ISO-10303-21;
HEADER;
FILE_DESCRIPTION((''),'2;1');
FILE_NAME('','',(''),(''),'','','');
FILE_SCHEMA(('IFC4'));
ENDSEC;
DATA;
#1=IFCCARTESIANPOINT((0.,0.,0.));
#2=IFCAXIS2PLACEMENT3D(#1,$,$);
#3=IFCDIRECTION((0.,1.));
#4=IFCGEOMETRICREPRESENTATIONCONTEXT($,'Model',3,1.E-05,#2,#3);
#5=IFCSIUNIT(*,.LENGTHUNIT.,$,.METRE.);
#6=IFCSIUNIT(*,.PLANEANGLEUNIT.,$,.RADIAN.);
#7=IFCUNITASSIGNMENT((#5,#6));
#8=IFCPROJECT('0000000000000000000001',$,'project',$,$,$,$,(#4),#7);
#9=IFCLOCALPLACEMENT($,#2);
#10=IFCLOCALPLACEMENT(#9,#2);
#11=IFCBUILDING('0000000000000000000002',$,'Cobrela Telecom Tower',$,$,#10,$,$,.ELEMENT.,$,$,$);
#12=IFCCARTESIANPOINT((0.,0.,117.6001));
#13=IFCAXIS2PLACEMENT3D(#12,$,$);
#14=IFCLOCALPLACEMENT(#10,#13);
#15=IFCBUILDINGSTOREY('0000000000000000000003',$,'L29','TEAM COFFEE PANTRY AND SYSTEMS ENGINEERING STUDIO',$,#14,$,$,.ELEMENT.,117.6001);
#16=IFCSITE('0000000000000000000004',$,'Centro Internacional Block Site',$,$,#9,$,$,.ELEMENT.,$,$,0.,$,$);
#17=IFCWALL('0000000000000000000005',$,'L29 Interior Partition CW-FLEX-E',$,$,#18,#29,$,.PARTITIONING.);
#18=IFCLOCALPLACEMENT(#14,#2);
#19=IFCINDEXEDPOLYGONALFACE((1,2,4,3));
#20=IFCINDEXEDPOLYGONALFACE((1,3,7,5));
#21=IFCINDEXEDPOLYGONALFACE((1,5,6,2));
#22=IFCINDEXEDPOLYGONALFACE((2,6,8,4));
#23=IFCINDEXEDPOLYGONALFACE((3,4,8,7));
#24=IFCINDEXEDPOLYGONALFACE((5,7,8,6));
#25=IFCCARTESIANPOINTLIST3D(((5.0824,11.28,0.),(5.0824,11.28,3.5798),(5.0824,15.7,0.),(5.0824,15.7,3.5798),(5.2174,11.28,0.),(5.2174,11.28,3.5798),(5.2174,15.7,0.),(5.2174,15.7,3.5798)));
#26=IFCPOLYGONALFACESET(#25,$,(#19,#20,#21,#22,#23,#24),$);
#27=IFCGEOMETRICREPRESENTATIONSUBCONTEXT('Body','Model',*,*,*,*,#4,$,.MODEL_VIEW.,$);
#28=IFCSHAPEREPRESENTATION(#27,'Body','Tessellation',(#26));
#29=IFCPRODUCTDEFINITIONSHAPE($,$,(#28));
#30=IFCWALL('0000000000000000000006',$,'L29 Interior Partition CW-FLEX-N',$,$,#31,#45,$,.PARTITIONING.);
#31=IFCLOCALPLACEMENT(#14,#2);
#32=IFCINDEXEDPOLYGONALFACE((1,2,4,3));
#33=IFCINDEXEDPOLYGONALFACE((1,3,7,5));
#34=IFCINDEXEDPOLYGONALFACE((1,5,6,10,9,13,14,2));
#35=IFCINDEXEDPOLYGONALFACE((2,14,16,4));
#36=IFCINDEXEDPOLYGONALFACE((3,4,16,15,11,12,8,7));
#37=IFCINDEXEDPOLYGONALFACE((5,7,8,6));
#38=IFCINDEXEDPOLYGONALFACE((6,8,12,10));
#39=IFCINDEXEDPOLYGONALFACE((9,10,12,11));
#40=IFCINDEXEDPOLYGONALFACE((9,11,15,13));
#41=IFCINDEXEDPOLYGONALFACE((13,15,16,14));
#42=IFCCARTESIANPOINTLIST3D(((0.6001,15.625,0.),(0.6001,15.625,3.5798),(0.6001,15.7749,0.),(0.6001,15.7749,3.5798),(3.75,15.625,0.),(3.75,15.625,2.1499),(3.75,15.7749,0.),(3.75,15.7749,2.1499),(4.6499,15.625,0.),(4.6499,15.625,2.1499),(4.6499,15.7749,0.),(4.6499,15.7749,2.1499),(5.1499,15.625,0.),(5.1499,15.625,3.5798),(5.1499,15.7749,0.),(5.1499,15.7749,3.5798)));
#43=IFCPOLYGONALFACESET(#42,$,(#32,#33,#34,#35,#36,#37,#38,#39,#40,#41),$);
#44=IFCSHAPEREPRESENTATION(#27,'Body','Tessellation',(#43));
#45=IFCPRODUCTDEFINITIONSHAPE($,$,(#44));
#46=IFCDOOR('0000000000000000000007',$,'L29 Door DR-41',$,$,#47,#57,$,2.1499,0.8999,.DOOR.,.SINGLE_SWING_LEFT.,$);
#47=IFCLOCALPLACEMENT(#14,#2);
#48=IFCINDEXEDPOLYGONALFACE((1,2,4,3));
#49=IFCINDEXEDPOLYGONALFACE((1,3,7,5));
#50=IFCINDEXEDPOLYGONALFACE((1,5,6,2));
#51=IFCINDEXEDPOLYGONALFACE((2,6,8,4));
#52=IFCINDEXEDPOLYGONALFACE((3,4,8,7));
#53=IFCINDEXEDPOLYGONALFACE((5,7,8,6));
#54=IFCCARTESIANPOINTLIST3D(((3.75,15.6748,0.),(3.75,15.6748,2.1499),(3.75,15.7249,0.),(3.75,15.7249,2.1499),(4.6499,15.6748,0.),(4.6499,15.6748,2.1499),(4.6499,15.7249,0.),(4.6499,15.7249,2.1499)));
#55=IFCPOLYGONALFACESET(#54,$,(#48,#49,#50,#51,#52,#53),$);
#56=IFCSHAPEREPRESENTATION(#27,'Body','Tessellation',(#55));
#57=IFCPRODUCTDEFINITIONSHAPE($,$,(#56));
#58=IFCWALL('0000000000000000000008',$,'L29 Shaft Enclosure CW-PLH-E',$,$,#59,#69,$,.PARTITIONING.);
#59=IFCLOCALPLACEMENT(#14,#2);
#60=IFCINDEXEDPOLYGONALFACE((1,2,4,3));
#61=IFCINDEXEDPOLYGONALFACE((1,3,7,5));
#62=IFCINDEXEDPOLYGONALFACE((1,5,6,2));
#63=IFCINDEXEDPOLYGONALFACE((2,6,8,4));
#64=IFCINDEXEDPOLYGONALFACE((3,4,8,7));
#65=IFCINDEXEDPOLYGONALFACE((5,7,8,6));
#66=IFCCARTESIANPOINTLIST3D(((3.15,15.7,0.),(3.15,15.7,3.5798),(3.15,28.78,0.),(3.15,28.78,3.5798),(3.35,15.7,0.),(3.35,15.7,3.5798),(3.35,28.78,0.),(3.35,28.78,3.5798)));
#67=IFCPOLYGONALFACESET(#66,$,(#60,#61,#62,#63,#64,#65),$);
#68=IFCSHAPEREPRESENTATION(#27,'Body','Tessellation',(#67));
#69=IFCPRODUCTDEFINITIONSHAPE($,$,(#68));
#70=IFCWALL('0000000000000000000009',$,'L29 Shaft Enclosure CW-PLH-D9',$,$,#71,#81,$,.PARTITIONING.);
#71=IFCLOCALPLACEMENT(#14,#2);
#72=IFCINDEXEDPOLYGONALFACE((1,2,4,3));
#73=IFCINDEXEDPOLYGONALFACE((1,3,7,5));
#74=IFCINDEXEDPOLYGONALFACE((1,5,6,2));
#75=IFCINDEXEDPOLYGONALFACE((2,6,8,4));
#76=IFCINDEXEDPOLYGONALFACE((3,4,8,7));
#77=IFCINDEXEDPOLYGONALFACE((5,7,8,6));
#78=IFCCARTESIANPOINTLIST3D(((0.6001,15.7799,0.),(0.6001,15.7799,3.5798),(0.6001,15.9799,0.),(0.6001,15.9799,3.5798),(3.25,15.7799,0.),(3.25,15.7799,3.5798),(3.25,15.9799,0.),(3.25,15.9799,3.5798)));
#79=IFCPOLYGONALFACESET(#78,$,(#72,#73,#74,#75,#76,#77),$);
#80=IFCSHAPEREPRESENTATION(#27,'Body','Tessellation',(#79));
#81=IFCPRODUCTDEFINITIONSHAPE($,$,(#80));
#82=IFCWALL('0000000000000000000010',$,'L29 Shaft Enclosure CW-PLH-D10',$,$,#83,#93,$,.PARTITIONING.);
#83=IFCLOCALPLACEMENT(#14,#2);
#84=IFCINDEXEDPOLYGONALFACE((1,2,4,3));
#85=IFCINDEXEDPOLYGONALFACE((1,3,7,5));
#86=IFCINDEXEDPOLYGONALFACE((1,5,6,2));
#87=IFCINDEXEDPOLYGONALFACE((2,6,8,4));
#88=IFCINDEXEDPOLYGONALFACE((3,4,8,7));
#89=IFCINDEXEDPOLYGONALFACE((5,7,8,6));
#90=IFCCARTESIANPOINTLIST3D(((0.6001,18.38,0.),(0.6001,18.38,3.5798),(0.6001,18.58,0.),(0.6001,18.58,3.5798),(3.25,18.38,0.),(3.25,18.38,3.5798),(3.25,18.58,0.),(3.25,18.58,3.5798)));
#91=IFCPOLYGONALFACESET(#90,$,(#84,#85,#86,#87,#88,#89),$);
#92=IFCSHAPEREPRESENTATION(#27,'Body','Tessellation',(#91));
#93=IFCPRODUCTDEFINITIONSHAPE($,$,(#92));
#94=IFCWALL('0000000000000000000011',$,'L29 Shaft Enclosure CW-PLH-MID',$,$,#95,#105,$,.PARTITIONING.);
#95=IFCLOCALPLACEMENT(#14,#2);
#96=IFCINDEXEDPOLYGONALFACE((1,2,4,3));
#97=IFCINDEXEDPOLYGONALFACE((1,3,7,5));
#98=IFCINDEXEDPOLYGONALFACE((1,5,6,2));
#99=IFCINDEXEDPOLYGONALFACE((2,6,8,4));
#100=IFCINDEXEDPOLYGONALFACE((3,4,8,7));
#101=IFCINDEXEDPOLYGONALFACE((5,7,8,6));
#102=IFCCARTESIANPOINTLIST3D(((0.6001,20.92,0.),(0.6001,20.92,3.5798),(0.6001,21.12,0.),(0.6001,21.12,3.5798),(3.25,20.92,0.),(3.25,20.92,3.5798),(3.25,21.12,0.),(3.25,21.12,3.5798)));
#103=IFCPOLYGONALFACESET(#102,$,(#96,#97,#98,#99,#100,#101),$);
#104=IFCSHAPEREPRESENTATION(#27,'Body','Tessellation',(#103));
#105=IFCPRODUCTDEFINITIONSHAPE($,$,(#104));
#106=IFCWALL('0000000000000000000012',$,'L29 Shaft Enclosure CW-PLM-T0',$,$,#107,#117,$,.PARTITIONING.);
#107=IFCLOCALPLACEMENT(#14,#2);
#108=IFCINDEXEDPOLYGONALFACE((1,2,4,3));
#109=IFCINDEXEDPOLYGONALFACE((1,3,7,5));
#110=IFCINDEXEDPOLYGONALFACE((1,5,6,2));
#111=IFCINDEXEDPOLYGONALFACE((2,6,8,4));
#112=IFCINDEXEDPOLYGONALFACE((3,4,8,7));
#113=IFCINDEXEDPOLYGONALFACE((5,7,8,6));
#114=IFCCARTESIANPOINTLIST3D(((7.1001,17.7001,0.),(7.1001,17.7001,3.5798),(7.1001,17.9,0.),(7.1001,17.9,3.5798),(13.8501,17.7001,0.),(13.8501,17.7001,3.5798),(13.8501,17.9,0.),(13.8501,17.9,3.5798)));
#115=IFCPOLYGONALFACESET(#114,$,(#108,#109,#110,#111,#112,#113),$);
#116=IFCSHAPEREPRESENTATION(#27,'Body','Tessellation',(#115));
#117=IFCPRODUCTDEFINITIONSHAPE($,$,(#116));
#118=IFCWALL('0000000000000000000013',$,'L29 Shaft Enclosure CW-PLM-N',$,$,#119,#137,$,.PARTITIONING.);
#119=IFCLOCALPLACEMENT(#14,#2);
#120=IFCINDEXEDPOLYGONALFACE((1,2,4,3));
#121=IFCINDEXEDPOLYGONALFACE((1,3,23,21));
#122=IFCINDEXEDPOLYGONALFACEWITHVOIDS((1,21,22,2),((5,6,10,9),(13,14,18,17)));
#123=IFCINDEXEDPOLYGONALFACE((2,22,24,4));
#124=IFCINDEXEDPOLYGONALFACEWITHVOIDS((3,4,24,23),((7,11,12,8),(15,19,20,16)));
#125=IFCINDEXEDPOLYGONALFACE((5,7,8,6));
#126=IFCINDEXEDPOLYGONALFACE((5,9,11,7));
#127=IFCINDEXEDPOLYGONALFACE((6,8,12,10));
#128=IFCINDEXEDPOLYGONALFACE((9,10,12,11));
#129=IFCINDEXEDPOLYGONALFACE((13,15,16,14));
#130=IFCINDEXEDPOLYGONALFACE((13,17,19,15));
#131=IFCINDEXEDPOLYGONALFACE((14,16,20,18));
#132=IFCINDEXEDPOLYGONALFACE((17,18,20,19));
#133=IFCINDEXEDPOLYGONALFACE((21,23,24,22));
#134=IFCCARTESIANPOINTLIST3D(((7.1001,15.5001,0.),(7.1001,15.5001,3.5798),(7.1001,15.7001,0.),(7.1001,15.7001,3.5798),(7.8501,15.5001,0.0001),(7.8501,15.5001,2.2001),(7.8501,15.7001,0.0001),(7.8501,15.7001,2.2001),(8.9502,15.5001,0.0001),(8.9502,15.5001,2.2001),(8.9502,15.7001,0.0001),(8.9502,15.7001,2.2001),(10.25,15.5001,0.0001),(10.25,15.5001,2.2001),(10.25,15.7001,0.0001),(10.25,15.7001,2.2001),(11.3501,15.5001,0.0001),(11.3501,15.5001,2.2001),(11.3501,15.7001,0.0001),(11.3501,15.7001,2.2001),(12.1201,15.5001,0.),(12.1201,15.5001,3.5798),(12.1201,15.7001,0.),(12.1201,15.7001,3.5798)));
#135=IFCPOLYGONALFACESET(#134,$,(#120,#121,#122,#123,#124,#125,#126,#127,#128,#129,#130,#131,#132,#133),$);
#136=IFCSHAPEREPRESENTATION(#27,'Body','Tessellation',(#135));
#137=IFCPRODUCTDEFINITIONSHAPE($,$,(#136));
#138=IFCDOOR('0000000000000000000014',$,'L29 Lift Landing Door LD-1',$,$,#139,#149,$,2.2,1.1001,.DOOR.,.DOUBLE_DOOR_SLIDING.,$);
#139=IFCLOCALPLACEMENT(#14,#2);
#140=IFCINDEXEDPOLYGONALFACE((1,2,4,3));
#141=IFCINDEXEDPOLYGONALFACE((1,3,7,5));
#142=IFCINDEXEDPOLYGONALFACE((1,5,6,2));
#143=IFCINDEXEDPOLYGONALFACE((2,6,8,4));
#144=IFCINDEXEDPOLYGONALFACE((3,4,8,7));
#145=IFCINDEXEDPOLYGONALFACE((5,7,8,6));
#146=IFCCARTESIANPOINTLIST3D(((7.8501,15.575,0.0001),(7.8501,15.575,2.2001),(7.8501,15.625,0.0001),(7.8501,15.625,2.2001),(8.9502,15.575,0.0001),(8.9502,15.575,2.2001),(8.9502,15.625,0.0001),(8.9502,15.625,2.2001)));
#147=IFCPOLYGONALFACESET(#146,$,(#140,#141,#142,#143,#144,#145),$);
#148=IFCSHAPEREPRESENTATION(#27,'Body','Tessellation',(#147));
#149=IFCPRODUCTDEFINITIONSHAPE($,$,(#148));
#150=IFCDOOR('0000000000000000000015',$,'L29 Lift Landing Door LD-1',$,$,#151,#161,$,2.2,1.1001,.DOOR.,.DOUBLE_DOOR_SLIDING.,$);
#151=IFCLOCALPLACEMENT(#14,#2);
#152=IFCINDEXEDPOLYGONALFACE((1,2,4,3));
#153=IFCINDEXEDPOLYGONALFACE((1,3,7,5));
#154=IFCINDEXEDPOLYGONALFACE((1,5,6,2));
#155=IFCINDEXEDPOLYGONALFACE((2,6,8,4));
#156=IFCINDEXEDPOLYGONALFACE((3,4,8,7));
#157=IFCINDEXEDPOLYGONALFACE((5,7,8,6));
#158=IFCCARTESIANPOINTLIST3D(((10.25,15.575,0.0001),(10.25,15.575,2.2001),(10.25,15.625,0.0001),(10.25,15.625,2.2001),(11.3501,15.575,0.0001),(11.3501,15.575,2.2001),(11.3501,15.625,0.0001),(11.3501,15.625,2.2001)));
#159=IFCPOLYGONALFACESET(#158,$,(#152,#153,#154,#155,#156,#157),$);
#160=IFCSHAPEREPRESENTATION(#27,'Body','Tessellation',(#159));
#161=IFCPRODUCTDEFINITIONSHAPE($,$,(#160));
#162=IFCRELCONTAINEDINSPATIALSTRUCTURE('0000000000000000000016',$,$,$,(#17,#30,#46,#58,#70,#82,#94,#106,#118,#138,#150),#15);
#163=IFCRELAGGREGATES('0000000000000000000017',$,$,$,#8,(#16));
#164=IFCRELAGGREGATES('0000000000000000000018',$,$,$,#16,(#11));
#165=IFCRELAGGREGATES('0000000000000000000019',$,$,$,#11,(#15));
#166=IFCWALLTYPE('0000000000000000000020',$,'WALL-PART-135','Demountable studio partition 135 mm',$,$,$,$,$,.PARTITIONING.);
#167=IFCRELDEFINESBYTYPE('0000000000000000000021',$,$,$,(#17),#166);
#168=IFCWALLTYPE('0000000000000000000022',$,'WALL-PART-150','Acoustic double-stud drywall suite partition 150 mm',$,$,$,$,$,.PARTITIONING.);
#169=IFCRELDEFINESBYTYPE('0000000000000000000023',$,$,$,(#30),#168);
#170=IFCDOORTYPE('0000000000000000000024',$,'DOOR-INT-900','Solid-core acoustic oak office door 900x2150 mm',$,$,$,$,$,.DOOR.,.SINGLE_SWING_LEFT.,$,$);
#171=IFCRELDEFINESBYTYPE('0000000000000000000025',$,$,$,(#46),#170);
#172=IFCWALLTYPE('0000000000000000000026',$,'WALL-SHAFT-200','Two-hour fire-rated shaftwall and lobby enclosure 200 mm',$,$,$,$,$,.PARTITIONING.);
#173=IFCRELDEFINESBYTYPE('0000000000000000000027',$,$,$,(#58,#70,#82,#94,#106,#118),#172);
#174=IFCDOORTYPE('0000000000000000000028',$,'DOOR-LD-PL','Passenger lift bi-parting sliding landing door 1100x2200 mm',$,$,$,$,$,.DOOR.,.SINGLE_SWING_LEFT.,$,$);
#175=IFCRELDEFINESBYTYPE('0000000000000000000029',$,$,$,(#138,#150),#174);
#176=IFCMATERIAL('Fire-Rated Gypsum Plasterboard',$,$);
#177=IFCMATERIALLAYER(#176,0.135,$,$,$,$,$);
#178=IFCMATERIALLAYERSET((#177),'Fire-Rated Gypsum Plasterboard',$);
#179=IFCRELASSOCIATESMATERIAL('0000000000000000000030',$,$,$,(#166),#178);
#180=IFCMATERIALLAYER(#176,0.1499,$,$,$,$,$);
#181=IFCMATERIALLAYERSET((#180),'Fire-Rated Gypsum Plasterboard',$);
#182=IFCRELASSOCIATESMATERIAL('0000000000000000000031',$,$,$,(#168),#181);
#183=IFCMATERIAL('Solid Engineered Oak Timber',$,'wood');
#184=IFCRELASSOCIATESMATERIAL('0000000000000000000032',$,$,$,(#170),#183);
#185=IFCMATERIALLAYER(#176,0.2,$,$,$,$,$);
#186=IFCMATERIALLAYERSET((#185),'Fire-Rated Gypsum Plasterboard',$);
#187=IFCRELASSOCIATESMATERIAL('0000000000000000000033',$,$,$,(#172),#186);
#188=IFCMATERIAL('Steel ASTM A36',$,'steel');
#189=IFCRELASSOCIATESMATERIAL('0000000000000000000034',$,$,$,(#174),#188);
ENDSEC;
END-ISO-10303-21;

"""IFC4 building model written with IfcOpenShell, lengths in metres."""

from ifc_helpers import new_model, si_unit, direction, frame, frame_2d, origin, place, context, subcontext, project, spatial, rectangle, extrude, material, layer, layer_set, type_object, element, fill, save


model = new_model("IFC4")

# Units and contexts
model_context = context("Model", 3, precision=1e-05, world=origin(), true_north=direction((0.0, 1.0)))
body_context = subcontext(model_context, "Body", "Model", "MODEL_VIEW")
ifc_project = project(units=[si_unit("LENGTHUNIT", "METRE"), si_unit("PLANEANGLEUNIT", "RADIAN")], contexts=[model_context])

# Site, building, storey
site_placement = place(None, origin())
site = spatial("IfcSite", under=ifc_project, at=site_placement, Name="Centro Internacional Block Site", CompositionType="ELEMENT", RefElevation=0.0)
building_placement = place(site_placement, origin())
building = spatial("IfcBuilding", under=site, at=building_placement, Name="Cobrela Telecom Tower", CompositionType="ELEMENT")
storey_placement = place(building_placement, frame((0.0, 0.0, 117.6001)))
storey = spatial("IfcBuildingStorey", under=building, at=storey_placement, Name="L29", Description="TEAM COFFEE PANTRY AND SYSTEMS ENGINEERING STUDIO", CompositionType="ELEMENT", Elevation=117.6001)

# Wall
ifc_material_1 = material(Name="Fire-Rated Gypsum Plasterboard")
ifc_layer_1 = layer(ifc_material_1, 0.135)
ifc_layer_set_1 = layer_set([ifc_layer_1], Name="Fire-Rated Gypsum Plasterboard")
wall_type_1 = type_object("IfcWallType", Name="WALL-PART-135", Description="Demountable studio partition 135 mm", PredefinedType="PARTITIONING", material=ifc_layer_set_1)
wall_1_placement = place(storey_placement, frame((5.1499, 11.28, 0.0), z_axis=(0.0, 0.0, 1.0), x_axis=(0.0, 1.0, 0.0)))
element("IfcWall", 1, at=wall_1_placement, inside=storey, type_object=wall_type_1, Name="L29 Interior Partition CW-FLEX-E", PredefinedType="PARTITIONING", context=body_context, shape_type="SweptSolid", body=[
    extrude(rectangle(XDim=4.4199, YDim=0.135, at=frame_2d((2.21, 0.0))), origin(), (0.0, 0.0, 1.0), 3.5798),
])

# Wall, opening, door
ifc_layer_2 = layer(ifc_material_1, 0.1499)
ifc_layer_set_2 = layer_set([ifc_layer_2], Name="Fire-Rated Gypsum Plasterboard")
wall_type_2 = type_object("IfcWallType", Name="WALL-PART-150", Description="Acoustic double-stud drywall suite partition 150 mm", PredefinedType="PARTITIONING", material=ifc_layer_set_2)
wall_2_placement = place(storey_placement, frame((0.6001, 15.7, 0.0), z_axis=(0.0, 0.0, 1.0), x_axis=(1.0, 0.0, 0.0)))
wall_2 = element("IfcWall", 2, at=wall_2_placement, inside=storey, type_object=wall_type_2, Name="L29 Interior Partition CW-FLEX-N", PredefinedType="PARTITIONING", context=body_context, shape_type="SweptSolid", body=[
    extrude(rectangle(XDim=4.5498, YDim=0.1499, at=frame_2d((2.2749, 0.0))), origin(), (0.0, 0.0, 1.0), 3.5798),
])
opening_1_placement = place(wall_2_placement, frame((3.1499, 0.0, 0.0)))
opening_1 = element("IfcOpeningElement", 3, at=opening_1_placement, cuts=wall_2, PredefinedType="OPENING", context=body_context, shape_type="SweptSolid", body=[
    extrude(rectangle(XDim=0.8999, YDim=2.1499, at=frame_2d((0.45, 1.075))), frame((0.0, 0.0869, 0.0), z_axis=(0.0, -1.0, 0.0), x_axis=(1.0, 0.0, 0.0)), (0.0, 0.0, 1.0), 0.1738),
])
ifc_material_2 = material(Name="Solid Engineered Oak Timber", Category="wood")
door_type_1 = type_object("IfcDoorType", Name="DOOR-INT-900", Description="Solid-core acoustic oak office door 900x2150 mm", OperationType="SINGLE_SWING_LEFT", PredefinedType="DOOR", material=ifc_material_2)
door_1_placement = place(opening_1_placement, origin())
door_1 = element("IfcDoor", 4, at=door_1_placement, inside=storey, type_object=door_type_1, Name="L29 Door DR-41", OperationType="SINGLE_SWING_LEFT", OverallHeight=2.1499, OverallWidth=0.8999, PredefinedType="DOOR", context=body_context, shape_type="SweptSolid", body=[
    extrude(rectangle(XDim=0.8999, YDim=2.1499, at=frame_2d((0.45, 1.075))), frame((0.0, 0.0249, 0.0), z_axis=(0.0, -1.0, 0.0), x_axis=(1.0, 0.0, 0.0)), (0.0, 0.0, 1.0), 0.05),
])
fill(opening_1, door_1)

# Walls
ifc_layer_3 = layer(ifc_material_1, 0.2)
ifc_layer_set_3 = layer_set([ifc_layer_3], Name="Fire-Rated Gypsum Plasterboard")
wall_type_3 = type_object("IfcWallType", Name="WALL-SHAFT-200", Description="Two-hour fire-rated shaftwall and lobby enclosure 200 mm", PredefinedType="PARTITIONING", material=ifc_layer_set_3)
wall_3_placement = place(storey_placement, frame((3.25, 15.7, 0.0), z_axis=(0.0, 0.0, 1.0), x_axis=(0.0, 1.0, 0.0)))
element("IfcWall", 5, at=wall_3_placement, inside=storey, type_object=wall_type_3, Name="L29 Shaft Enclosure CW-PLH-E", PredefinedType="PARTITIONING", context=body_context, shape_type="SweptSolid", body=[
    extrude(rectangle(XDim=13.0801, YDim=0.2, at=frame_2d((6.54, 0.0))), origin(), (0.0, 0.0, 1.0), 3.5798),
])
for number, where, z_axis, x_axis, name in (
    (6, (0.6001, 15.8799, 0.0), (0.0, 0.0, 1.0), (1.0, 0.0, 0.0), "L29 Shaft Enclosure CW-PLH-D9"),
    (7, (0.6001, 18.48, 0.0), (0.0, 0.0, 1.0), (1.0, 0.0, 0.0), "L29 Shaft Enclosure CW-PLH-D10"),
    (8, (0.6001, 21.02, 0.0), (0.0, 0.0, 1.0), (1.0, 0.0, 0.0), "L29 Shaft Enclosure CW-PLH-MID"),
):
    element("IfcWall", number, at=place(storey_placement, frame(where, z_axis=z_axis, x_axis=x_axis)), inside=storey, type_object=wall_type_3, Name=name, PredefinedType="PARTITIONING", context=body_context, shape_type="SweptSolid", body=[
        extrude(rectangle(XDim=2.6499, YDim=0.2, at=frame_2d((1.325, 0.0))), origin(), (0.0, 0.0, 1.0), 3.5798),
    ])
wall_4_placement = place(storey_placement, frame((7.1001, 17.8, 0.0), z_axis=(0.0, 0.0, 1.0), x_axis=(1.0, 0.0, 0.0)))
element("IfcWall", 9, at=wall_4_placement, inside=storey, type_object=wall_type_3, Name="L29 Shaft Enclosure CW-PLM-T0", PredefinedType="PARTITIONING", context=body_context, shape_type="SweptSolid", body=[
    extrude(rectangle(XDim=6.75, YDim=0.2, at=frame_2d((3.375, 0.0))), origin(), (0.0, 0.0, 1.0), 3.5798),
])

# Wall, openings, doors
wall_5_placement = place(storey_placement, frame((7.1001, 15.6001, 0.0), z_axis=(0.0, 0.0, 1.0), x_axis=(1.0, 0.0, 0.0)))
wall_5 = element("IfcWall", 10, at=wall_5_placement, inside=storey, type_object=wall_type_3, Name="L29 Shaft Enclosure CW-PLM-N", PredefinedType="PARTITIONING", context=body_context, shape_type="SweptSolid", body=[
    extrude(rectangle(XDim=5.02, YDim=0.2, at=frame_2d((2.51, 0.0))), origin(), (0.0, 0.0, 1.0), 3.5798),
])
opening_2_placement = place(wall_5_placement, frame((0.75, 0.0, 0.0)))
opening_2 = element("IfcOpeningElement", 11, at=opening_2_placement, cuts=wall_5, PredefinedType="OPENING", context=body_context, shape_type="SweptSolid", body=[
    extrude(rectangle(XDim=1.1001, YDim=2.2, at=frame_2d((0.55, 1.1001))), frame((0.0, 0.1118, 0.0), z_axis=(0.0, -1.0, 0.0), x_axis=(1.0, 0.0, 0.0)), (0.0, 0.0, 1.0), 0.2239),
])
opening_3_placement = place(wall_5_placement, frame((3.1499, 0.0, 0.0)))
opening_3 = element("IfcOpeningElement", 12, at=opening_3_placement, cuts=wall_5, PredefinedType="OPENING", context=body_context, shape_type="SweptSolid", body=[
    extrude(rectangle(XDim=1.1001, YDim=2.2, at=frame_2d((0.55, 1.1001))), frame((0.0, 0.1118, 0.0), z_axis=(0.0, -1.0, 0.0), x_axis=(1.0, 0.0, 0.0)), (0.0, 0.0, 1.0), 0.2239),
])
ifc_material_3 = material(Name="Steel ASTM A36", Category="steel")
door_type_2 = type_object("IfcDoorType", Name="DOOR-LD-PL", Description="Passenger lift bi-parting sliding landing door 1100x2200 mm", OperationType="SINGLE_SWING_LEFT", PredefinedType="DOOR", material=ifc_material_3)
door_2_placement = place(opening_2_placement, origin())
door_2 = element("IfcDoor", 13, at=door_2_placement, inside=storey, type_object=door_type_2, Name="L29 Lift Landing Door LD-1", OperationType="DOUBLE_DOOR_SLIDING", OverallHeight=2.2, OverallWidth=1.1001, PredefinedType="DOOR", context=body_context, shape_type="SweptSolid", body=[
    extrude(rectangle(XDim=1.1001, YDim=2.2, at=frame_2d((0.55, 1.1001))), frame((0.0, 0.0249, 0.0), z_axis=(0.0, -1.0, 0.0), x_axis=(1.0, 0.0, 0.0)), (0.0, 0.0, 1.0), 0.05),
])
fill(opening_2, door_2)
door_3_placement = place(opening_3_placement, origin())
door_3 = element("IfcDoor", 14, at=door_3_placement, inside=storey, type_object=door_type_2, Name="L29 Lift Landing Door LD-1", OperationType="DOUBLE_DOOR_SLIDING", OverallHeight=2.2, OverallWidth=1.1001, PredefinedType="DOOR", context=body_context, shape_type="SweptSolid", body=[
    extrude(rectangle(XDim=1.1001, YDim=2.2, at=frame_2d((0.55, 1.1001))), frame((0.0, 0.0249, 0.0), z_axis=(0.0, -1.0, 0.0), x_axis=(1.0, 0.0, 0.0)), (0.0, 0.0, 1.0), 0.05),
])
fill(opening_3, door_3)

save(model, "model.ifc")
